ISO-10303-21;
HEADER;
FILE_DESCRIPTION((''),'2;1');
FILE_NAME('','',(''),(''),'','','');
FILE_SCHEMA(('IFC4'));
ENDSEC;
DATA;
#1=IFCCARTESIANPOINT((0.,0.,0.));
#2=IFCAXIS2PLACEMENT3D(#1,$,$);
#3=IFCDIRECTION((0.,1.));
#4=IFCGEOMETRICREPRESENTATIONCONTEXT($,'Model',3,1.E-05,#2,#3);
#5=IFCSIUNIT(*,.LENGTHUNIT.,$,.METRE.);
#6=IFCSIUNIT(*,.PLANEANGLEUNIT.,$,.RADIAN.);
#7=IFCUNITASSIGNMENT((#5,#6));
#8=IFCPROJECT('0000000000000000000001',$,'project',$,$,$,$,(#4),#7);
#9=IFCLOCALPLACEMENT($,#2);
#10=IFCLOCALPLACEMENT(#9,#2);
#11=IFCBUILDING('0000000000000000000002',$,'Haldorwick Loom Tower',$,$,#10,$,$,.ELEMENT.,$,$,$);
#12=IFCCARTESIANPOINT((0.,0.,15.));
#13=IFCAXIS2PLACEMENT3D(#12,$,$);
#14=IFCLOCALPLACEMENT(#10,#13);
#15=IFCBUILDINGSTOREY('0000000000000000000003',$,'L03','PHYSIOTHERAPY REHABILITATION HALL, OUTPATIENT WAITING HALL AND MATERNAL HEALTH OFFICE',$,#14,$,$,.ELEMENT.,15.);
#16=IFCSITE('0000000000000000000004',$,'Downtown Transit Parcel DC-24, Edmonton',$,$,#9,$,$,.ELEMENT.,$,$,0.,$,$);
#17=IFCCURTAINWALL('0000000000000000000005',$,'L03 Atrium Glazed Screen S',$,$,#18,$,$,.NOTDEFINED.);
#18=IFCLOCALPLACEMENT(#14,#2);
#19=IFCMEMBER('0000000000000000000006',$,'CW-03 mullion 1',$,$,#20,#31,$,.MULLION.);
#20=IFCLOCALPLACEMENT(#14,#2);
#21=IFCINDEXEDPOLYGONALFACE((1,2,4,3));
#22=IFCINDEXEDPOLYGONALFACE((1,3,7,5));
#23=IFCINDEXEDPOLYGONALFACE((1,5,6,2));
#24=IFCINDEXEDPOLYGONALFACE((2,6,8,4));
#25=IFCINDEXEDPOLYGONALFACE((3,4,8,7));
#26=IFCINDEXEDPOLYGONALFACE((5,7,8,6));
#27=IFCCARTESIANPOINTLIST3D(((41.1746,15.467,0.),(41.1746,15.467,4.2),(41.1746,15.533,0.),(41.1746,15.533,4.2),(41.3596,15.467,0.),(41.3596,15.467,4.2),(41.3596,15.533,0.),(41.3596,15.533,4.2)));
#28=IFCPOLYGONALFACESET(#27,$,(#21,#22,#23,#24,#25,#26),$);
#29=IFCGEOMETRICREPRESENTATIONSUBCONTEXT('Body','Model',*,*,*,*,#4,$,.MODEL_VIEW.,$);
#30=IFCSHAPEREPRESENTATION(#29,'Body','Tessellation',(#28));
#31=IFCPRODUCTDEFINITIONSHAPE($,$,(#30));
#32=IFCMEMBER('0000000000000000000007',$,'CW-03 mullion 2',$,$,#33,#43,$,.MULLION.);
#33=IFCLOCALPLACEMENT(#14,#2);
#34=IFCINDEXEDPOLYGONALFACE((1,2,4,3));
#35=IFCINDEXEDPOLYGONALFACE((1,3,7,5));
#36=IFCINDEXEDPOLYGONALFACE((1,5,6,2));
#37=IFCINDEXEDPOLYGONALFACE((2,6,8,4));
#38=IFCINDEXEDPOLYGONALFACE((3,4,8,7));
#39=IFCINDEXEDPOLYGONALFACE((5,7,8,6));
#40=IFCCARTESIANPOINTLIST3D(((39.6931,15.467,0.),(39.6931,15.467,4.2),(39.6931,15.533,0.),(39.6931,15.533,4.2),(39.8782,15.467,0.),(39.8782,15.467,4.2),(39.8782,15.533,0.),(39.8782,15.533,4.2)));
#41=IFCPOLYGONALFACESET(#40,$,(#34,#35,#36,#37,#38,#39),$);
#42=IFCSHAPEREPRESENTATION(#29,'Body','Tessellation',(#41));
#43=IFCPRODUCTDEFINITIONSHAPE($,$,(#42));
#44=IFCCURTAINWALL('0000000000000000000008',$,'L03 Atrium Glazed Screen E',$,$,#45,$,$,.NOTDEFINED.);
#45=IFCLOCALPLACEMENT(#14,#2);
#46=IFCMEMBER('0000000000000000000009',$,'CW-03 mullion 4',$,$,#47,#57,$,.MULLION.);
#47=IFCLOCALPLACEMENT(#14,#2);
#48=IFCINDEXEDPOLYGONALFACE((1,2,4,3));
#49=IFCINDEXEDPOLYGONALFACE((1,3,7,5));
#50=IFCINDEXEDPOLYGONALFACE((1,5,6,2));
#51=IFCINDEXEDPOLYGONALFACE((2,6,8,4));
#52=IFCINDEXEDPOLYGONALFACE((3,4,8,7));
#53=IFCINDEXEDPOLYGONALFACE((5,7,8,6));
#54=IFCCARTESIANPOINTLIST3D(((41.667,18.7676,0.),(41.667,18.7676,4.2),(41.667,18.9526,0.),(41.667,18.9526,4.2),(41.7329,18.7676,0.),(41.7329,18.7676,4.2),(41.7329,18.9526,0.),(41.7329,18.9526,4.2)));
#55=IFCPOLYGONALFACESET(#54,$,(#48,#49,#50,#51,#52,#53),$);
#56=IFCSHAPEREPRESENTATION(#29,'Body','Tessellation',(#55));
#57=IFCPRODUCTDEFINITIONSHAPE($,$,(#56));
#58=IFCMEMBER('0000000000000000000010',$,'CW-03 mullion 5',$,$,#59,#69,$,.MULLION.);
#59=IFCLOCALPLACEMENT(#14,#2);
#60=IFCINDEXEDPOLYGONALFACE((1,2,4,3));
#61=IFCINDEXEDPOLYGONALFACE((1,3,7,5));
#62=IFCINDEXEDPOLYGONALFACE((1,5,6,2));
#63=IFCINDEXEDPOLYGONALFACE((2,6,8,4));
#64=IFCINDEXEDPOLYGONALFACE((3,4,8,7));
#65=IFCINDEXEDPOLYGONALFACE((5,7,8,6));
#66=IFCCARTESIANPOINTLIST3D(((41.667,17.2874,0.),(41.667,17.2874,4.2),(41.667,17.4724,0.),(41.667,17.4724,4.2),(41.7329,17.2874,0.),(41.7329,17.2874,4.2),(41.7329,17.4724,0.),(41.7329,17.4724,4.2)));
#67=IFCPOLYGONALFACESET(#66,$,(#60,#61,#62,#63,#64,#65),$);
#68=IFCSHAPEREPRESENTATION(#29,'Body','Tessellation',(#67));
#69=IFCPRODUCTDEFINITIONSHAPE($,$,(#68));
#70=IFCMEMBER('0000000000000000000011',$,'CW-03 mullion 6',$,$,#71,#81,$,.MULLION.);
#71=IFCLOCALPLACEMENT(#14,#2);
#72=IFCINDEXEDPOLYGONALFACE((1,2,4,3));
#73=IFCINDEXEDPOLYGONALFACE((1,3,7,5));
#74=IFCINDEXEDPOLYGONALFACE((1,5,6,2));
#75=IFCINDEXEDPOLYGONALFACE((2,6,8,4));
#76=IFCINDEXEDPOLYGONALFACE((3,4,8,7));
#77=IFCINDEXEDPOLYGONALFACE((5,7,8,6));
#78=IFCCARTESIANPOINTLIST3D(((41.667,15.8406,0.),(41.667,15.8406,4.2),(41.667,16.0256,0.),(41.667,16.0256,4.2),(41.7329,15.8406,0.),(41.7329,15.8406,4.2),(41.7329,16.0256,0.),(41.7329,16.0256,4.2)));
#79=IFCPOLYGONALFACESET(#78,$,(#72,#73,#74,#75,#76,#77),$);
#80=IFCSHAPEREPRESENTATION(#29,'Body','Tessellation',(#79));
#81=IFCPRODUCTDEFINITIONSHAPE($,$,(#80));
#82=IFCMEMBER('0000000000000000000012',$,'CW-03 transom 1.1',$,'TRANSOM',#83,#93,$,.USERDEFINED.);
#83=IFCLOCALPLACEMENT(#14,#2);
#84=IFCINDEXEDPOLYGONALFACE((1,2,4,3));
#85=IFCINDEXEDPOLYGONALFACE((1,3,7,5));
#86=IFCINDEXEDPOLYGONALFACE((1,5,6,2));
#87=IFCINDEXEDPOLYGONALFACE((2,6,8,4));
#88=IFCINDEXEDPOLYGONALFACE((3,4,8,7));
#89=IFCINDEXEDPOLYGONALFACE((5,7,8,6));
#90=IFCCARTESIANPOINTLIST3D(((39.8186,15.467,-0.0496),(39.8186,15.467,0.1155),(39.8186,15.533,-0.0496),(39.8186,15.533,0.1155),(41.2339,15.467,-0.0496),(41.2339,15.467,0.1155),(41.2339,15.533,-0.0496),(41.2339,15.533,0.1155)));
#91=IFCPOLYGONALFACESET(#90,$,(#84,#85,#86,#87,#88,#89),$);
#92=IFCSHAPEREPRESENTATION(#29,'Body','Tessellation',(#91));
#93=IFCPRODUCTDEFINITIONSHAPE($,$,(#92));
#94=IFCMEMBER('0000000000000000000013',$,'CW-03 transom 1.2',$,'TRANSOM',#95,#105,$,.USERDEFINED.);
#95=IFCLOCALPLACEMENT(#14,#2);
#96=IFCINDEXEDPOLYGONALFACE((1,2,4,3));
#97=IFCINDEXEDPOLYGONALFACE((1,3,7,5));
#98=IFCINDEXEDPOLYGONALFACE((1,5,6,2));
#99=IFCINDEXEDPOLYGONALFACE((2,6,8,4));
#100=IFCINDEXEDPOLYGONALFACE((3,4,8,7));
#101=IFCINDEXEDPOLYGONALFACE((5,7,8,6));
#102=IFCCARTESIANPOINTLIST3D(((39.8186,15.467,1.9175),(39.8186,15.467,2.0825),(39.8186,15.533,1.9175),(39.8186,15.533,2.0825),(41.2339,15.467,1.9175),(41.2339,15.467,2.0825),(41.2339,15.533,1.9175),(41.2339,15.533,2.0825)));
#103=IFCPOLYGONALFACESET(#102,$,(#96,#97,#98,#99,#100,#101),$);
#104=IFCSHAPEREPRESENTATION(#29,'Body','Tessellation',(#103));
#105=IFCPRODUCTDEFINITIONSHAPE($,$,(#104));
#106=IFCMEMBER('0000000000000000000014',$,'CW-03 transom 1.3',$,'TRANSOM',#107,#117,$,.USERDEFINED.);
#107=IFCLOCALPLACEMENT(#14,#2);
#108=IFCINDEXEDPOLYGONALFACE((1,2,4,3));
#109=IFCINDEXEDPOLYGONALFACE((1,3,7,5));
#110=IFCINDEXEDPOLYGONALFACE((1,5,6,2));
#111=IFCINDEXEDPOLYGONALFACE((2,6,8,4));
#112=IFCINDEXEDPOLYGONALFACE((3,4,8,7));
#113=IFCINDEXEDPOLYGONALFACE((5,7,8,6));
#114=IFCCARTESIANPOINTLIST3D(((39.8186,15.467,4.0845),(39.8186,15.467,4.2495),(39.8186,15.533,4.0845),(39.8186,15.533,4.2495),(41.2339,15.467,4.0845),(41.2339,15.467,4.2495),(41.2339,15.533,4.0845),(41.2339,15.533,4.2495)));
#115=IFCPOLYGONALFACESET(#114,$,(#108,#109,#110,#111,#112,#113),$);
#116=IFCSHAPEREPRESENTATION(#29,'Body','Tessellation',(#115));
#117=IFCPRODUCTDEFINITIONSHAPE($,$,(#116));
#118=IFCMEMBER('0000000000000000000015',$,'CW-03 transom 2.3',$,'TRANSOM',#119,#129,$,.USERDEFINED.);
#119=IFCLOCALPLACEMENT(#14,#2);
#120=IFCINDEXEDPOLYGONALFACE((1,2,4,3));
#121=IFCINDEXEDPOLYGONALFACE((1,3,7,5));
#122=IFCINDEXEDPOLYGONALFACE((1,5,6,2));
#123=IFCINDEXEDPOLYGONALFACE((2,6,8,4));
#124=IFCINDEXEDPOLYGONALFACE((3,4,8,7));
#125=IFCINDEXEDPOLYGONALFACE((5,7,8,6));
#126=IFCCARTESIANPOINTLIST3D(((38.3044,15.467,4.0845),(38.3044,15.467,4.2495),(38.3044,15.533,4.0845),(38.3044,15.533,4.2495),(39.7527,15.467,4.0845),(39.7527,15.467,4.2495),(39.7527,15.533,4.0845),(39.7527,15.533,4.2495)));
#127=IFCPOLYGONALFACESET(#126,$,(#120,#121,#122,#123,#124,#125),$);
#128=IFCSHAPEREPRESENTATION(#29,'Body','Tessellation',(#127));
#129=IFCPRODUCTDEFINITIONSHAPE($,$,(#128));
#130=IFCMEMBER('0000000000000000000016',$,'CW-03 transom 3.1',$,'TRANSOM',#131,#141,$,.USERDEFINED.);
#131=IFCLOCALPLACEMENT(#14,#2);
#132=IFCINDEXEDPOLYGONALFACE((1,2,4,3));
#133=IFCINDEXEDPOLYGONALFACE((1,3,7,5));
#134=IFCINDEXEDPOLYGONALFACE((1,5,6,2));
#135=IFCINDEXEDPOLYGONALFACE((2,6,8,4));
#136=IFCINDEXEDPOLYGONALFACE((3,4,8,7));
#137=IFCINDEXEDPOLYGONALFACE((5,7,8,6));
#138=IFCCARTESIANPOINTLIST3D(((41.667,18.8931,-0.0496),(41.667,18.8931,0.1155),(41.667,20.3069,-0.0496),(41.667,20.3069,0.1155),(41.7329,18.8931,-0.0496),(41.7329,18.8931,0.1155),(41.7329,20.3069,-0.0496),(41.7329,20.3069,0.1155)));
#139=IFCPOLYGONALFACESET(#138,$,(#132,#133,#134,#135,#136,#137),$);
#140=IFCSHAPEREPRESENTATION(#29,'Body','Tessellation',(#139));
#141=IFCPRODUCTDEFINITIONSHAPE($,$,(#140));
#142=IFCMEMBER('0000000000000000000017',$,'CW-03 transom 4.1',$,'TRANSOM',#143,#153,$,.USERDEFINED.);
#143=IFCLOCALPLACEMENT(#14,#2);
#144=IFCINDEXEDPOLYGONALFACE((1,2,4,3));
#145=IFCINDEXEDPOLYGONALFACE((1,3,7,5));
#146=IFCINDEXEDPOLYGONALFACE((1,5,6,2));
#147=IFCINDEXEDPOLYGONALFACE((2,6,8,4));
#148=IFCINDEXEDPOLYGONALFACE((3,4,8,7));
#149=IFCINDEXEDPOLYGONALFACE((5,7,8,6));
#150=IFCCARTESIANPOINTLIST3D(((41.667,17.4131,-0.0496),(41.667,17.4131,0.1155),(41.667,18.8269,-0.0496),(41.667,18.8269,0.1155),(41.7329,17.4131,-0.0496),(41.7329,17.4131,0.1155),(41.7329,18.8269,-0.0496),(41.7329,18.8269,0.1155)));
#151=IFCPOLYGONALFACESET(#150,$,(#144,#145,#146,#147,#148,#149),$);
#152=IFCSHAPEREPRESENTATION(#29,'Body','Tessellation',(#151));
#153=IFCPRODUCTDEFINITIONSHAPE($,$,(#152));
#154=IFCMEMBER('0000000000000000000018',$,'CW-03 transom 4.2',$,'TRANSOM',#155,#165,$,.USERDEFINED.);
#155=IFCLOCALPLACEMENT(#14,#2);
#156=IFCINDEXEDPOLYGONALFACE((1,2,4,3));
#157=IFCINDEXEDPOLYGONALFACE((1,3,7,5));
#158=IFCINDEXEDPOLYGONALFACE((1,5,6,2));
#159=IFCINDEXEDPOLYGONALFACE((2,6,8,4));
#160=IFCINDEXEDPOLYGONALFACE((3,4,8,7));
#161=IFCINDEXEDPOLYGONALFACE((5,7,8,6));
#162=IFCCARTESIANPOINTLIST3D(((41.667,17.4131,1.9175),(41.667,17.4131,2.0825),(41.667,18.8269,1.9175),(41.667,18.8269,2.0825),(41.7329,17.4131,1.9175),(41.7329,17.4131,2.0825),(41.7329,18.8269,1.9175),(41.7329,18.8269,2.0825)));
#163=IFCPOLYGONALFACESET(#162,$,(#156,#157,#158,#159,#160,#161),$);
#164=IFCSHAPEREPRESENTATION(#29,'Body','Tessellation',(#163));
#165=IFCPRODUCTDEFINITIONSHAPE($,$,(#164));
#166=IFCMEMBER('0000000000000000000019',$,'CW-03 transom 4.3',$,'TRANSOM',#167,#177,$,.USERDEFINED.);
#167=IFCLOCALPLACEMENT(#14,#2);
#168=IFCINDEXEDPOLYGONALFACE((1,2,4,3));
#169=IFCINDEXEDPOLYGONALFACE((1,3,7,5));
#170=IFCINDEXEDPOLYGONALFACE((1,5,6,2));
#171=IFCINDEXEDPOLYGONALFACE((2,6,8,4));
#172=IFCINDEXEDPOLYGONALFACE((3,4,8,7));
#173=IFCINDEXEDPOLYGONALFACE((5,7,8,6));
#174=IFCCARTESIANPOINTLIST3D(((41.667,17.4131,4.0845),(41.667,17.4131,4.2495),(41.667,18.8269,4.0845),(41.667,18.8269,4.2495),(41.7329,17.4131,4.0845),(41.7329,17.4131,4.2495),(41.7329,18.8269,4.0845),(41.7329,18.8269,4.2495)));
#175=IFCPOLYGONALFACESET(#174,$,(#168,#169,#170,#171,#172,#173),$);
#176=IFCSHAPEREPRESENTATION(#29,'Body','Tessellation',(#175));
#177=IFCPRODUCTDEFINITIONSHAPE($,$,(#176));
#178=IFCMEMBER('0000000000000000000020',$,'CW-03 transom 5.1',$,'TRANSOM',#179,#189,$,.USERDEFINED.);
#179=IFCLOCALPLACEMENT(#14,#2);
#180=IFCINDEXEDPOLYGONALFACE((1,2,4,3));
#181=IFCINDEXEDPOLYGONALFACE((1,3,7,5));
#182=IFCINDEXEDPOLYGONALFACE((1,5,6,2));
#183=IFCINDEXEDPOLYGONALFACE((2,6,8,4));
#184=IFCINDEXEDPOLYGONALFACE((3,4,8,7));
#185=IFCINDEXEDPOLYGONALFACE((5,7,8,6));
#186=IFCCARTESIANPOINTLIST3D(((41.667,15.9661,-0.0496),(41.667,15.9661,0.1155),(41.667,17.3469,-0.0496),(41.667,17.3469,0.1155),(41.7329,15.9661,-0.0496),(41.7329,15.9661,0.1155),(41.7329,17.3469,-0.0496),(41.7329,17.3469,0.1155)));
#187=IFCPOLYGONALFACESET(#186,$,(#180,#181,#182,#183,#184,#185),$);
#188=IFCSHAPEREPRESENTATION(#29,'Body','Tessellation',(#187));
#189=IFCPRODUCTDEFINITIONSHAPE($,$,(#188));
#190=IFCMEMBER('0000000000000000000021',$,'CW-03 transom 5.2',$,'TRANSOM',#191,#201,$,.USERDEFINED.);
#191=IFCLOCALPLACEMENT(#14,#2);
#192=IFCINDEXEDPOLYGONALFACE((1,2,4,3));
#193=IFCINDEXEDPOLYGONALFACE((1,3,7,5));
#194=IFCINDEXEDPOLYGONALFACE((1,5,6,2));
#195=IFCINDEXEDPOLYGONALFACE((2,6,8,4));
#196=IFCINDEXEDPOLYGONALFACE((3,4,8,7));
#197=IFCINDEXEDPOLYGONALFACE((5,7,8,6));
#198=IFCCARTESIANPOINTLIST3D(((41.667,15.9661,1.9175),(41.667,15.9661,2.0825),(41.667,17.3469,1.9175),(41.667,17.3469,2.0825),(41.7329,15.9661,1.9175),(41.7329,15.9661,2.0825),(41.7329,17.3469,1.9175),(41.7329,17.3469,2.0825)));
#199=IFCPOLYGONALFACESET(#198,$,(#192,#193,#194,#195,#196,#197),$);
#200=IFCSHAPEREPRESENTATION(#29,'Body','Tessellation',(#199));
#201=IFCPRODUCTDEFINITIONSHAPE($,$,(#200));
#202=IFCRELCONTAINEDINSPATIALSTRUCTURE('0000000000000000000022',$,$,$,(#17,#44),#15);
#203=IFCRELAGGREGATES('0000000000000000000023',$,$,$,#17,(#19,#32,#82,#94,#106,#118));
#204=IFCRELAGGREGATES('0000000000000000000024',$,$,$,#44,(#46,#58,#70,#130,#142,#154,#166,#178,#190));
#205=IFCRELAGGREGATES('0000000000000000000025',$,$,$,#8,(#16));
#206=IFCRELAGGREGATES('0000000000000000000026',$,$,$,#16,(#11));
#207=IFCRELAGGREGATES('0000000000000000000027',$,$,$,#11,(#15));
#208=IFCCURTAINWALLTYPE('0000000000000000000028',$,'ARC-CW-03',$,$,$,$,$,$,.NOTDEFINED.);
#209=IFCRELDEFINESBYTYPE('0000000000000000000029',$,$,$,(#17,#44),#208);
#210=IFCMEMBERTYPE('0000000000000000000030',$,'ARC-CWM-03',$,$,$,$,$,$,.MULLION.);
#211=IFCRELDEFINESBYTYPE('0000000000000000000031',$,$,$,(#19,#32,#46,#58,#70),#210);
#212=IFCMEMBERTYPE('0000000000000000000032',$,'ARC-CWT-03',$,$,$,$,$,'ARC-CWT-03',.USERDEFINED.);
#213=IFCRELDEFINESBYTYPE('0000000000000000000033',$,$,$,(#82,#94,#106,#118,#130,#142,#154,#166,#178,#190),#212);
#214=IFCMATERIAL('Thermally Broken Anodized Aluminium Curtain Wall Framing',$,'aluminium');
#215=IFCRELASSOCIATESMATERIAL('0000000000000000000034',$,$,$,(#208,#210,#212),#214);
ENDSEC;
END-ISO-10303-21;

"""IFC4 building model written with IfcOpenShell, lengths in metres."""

from ifc_helpers import new_model, si_unit, direction, frame, origin, origin_2d, place, context, subcontext, project, spatial, rectangle, extrude, material, material_profile, profile_set, type_object, element, aggregate, save


model = new_model("IFC4")

# Units and contexts
model_context = context("Model", 3, precision=1e-05, world=origin(), true_north=direction((0.0, 1.0)))
body_context = subcontext(model_context, "Body", "Model", "MODEL_VIEW")
ifc_project = project(units=[si_unit("LENGTHUNIT", "METRE"), si_unit("PLANEANGLEUNIT", "RADIAN")], contexts=[model_context])

# Site, building, storey
site_placement = place(None, origin())
site = spatial("IfcSite", under=ifc_project, at=site_placement, Name="Downtown Transit Parcel DC-24, Edmonton", CompositionType="ELEMENT", RefElevation=0.0)
building_placement = place(site_placement, origin())
building = spatial("IfcBuilding", under=site, at=building_placement, Name="Haldorwick Loom Tower", CompositionType="ELEMENT")
storey_placement = place(building_placement, frame((0.0, 0.0, 15.0)))
storey = spatial("IfcBuildingStorey", under=building, at=storey_placement, Name="L03", Description="PHYSIOTHERAPY REHABILITATION HALL, OUTPATIENT WAITING HALL AND MATERNAL HEALTH OFFICE", CompositionType="ELEMENT", Elevation=15.0)

# Curtain walls, members
ifc_material_1 = material(Name="Thermally Broken Anodized Aluminium Curtain Wall Framing", Category="aluminium")
curtain_wall_type = type_object("IfcCurtainWallType", Name="ARC-CW-03", PredefinedType="NOTDEFINED", material=ifc_material_1)
curtain_wall_1_placement = place(storey_placement, origin())
curtain_wall_1 = element("IfcCurtainWall", 1, at=curtain_wall_1_placement, inside=storey, type_object=curtain_wall_type, Name="L03 Atrium Glazed Screen S", PredefinedType="NOTDEFINED")
ifc_material_profile_1 = material_profile(ifc_material_1, rectangle(XDim=0.0659, YDim=0.1851, at=origin_2d()), Name="ALU_MUL_66X185", Category="aluminium")
ifc_profile_set_1 = profile_set([ifc_material_profile_1], Name="Thermally Broken Anodized Aluminium Curtain Wall Framing")
member_type_1 = type_object("IfcMemberType", Name="ARC-CWM-03", PredefinedType="MULLION", material=ifc_profile_set_1)
member_1_placement = place(storey_placement, frame((41.2671, 15.5, 0.0), z_axis=(0.0, 0.0, 1.0), x_axis=(0.0, -1.0, 0.0)))
member_1 = element("IfcMember", 2, at=member_1_placement, type_object=member_type_1, Name="CW-03 mullion 1", PredefinedType="MULLION", context=body_context, shape_type="SweptSolid", body=[
    extrude(rectangle(XDim=0.0659, YDim=0.1851, at=origin_2d()), origin(), (0.0, 0.0, 1.0), 4.2),
])
member_2_placement = place(storey_placement, frame((39.7856, 15.5, 0.0), z_axis=(0.0, 0.0, 1.0), x_axis=(0.0, -1.0, 0.0)))
member_2 = element("IfcMember", 3, at=member_2_placement, type_object=member_type_1, Name="CW-03 mullion 2", PredefinedType="MULLION", context=body_context, shape_type="SweptSolid", body=[
    extrude(rectangle(XDim=0.0659, YDim=0.1851, at=origin_2d()), origin(), (0.0, 0.0, 1.0), 4.2),
])
curtain_wall_2_placement = place(storey_placement, origin())
curtain_wall_2 = element("IfcCurtainWall", 4, at=curtain_wall_2_placement, inside=storey, type_object=curtain_wall_type, Name="L03 Atrium Glazed Screen E", PredefinedType="NOTDEFINED")
member_3_placement = place(storey_placement, frame((41.7, 18.8601, 0.0), z_axis=(0.0, 0.0, 1.0), x_axis=(1.0, 0.0, 0.0)))
member_3 = element("IfcMember", 5, at=member_3_placement, type_object=member_type_1, Name="CW-03 mullion 4", PredefinedType="MULLION", context=body_context, shape_type="SweptSolid", body=[
    extrude(rectangle(XDim=0.0659, YDim=0.1851, at=origin_2d()), origin(), (0.0, 0.0, 1.0), 4.2),
])
member_4_placement = place(storey_placement, frame((41.7, 17.3799, 0.0), z_axis=(0.0, 0.0, 1.0), x_axis=(1.0, 0.0, 0.0)))
member_4 = element("IfcMember", 6, at=member_4_placement, type_object=member_type_1, Name="CW-03 mullion 5", PredefinedType="MULLION", context=body_context, shape_type="SweptSolid", body=[
    extrude(rectangle(XDim=0.0659, YDim=0.1851, at=origin_2d()), origin(), (0.0, 0.0, 1.0), 4.2),
])
member_5_placement = place(storey_placement, frame((41.7, 15.9331, 0.0), z_axis=(0.0, 0.0, 1.0), x_axis=(1.0, 0.0, 0.0)))
member_5 = element("IfcMember", 7, at=member_5_placement, type_object=member_type_1, Name="CW-03 mullion 6", PredefinedType="MULLION", context=body_context, shape_type="SweptSolid", body=[
    extrude(rectangle(XDim=0.0659, YDim=0.1851, at=origin_2d()), origin(), (0.0, 0.0, 1.0), 4.2),
])

# Members
ifc_material_profile_2 = material_profile(ifc_material_1, rectangle(XDim=0.0659, YDim=0.165, at=origin_2d()), Name="ALU_TRN_66X165", Category="aluminium")
ifc_profile_set_2 = profile_set([ifc_material_profile_2], Name="Thermally Broken Anodized Aluminium Curtain Wall Framing")
member_type_2 = type_object("IfcMemberType", Name="ARC-CWT-03", ElementType="ARC-CWT-03", PredefinedType="USERDEFINED", material=ifc_profile_set_2)
member_6_placement = place(storey_placement, frame((41.2339, 15.5, 0.033), z_axis=(-1.0, 0.0, 0.0), x_axis=(0.0, -1.0, 0.0)))
member_6 = element("IfcMember", 8, at=member_6_placement, type_object=member_type_2, Name="CW-03 transom 1.1", ObjectType="TRANSOM", PredefinedType="USERDEFINED", context=body_context, shape_type="SweptSolid", body=[
    extrude(rectangle(XDim=0.0659, YDim=0.165, at=origin_2d()), origin(), (0.0, 0.0, 1.0), 1.4153),
])
member_7_placement = place(storey_placement, frame((41.2339, 15.5, 2.0), z_axis=(-1.0, 0.0, 0.0), x_axis=(0.0, -1.0, 0.0)))
member_7 = element("IfcMember", 9, at=member_7_placement, type_object=member_type_2, Name="CW-03 transom 1.2", ObjectType="TRANSOM", PredefinedType="USERDEFINED", context=body_context, shape_type="SweptSolid", body=[
    extrude(rectangle(XDim=0.0659, YDim=0.165, at=origin_2d()), origin(), (0.0, 0.0, 1.0), 1.4153),
])
member_8_placement = place(storey_placement, frame((41.2339, 15.5, 4.167), z_axis=(-1.0, 0.0, 0.0), x_axis=(0.0, -1.0, 0.0)))
member_8 = element("IfcMember", 10, at=member_8_placement, type_object=member_type_2, Name="CW-03 transom 1.3", ObjectType="TRANSOM", PredefinedType="USERDEFINED", context=body_context, shape_type="SweptSolid", body=[
    extrude(rectangle(XDim=0.0659, YDim=0.165, at=origin_2d()), origin(), (0.0, 0.0, 1.0), 1.4153),
])
member_9_placement = place(storey_placement, frame((39.7527, 15.5, 4.167), z_axis=(-1.0, 0.0, 0.0), x_axis=(0.0, -1.0, 0.0)))
member_9 = element("IfcMember", 11, at=member_9_placement, type_object=member_type_2, Name="CW-03 transom 2.3", ObjectType="TRANSOM", PredefinedType="USERDEFINED", context=body_context, shape_type="SweptSolid", body=[
    extrude(rectangle(XDim=0.0659, YDim=0.165, at=origin_2d()), origin(), (0.0, 0.0, 1.0), 1.4482),
])
member_10_placement = place(storey_placement, frame((41.7, 20.3069, 0.033), z_axis=(0.0, -1.0, 0.0), x_axis=(1.0, 0.0, 0.0)))
member_10 = element("IfcMember", 12, at=member_10_placement, type_object=member_type_2, Name="CW-03 transom 3.1", ObjectType="TRANSOM", PredefinedType="USERDEFINED", context=body_context, shape_type="SweptSolid", body=[
    extrude(rectangle(XDim=0.0659, YDim=0.165, at=origin_2d()), origin(), (0.0, 0.0, 1.0), 1.4138),
])
member_11_placement = place(storey_placement, frame((41.7, 18.8269, 0.033), z_axis=(0.0, -1.0, 0.0), x_axis=(1.0, 0.0, 0.0)))
member_11 = element("IfcMember", 13, at=member_11_placement, type_object=member_type_2, Name="CW-03 transom 4.1", ObjectType="TRANSOM", PredefinedType="USERDEFINED", context=body_context, shape_type="SweptSolid", body=[
    extrude(rectangle(XDim=0.0659, YDim=0.165, at=origin_2d()), origin(), (0.0, 0.0, 1.0), 1.4138),
])
member_12_placement = place(storey_placement, frame((41.7, 18.8269, 2.0), z_axis=(0.0, -1.0, 0.0), x_axis=(1.0, 0.0, 0.0)))
member_12 = element("IfcMember", 14, at=member_12_placement, type_object=member_type_2, Name="CW-03 transom 4.2", ObjectType="TRANSOM", PredefinedType="USERDEFINED", context=body_context, shape_type="SweptSolid", body=[
    extrude(rectangle(XDim=0.0659, YDim=0.165, at=origin_2d()), origin(), (0.0, 0.0, 1.0), 1.4138),
])
member_13_placement = place(storey_placement, frame((41.7, 18.8269, 4.167), z_axis=(0.0, -1.0, 0.0), x_axis=(1.0, 0.0, 0.0)))
member_13 = element("IfcMember", 15, at=member_13_placement, type_object=member_type_2, Name="CW-03 transom 4.3", ObjectType="TRANSOM", PredefinedType="USERDEFINED", context=body_context, shape_type="SweptSolid", body=[
    extrude(rectangle(XDim=0.0659, YDim=0.165, at=origin_2d()), origin(), (0.0, 0.0, 1.0), 1.4138),
])
member_14_placement = place(storey_placement, frame((41.7, 17.3469, 0.033), z_axis=(0.0, -1.0, 0.0), x_axis=(1.0, 0.0, 0.0)))
member_14 = element("IfcMember", 16, at=member_14_placement, type_object=member_type_2, Name="CW-03 transom 5.1", ObjectType="TRANSOM", PredefinedType="USERDEFINED", context=body_context, shape_type="SweptSolid", body=[
    extrude(rectangle(XDim=0.0659, YDim=0.165, at=origin_2d()), origin(), (0.0, 0.0, 1.0), 1.3809),
])
member_15_placement = place(storey_placement, frame((41.7, 17.3469, 2.0), z_axis=(0.0, -1.0, 0.0), x_axis=(1.0, 0.0, 0.0)))
member_15 = element("IfcMember", 17, at=member_15_placement, type_object=member_type_2, Name="CW-03 transom 5.2", ObjectType="TRANSOM", PredefinedType="USERDEFINED", context=body_context, shape_type="SweptSolid", body=[
    extrude(rectangle(XDim=0.0659, YDim=0.165, at=origin_2d()), origin(), (0.0, 0.0, 1.0), 1.3809),
])

aggregate(curtain_wall_1, [member_1, member_2, member_6, member_7, member_8, member_9])
aggregate(curtain_wall_2, [member_3, member_4, member_5, member_10, member_11, member_12, member_13, member_14, member_15])

save(model, "model.ifc")
